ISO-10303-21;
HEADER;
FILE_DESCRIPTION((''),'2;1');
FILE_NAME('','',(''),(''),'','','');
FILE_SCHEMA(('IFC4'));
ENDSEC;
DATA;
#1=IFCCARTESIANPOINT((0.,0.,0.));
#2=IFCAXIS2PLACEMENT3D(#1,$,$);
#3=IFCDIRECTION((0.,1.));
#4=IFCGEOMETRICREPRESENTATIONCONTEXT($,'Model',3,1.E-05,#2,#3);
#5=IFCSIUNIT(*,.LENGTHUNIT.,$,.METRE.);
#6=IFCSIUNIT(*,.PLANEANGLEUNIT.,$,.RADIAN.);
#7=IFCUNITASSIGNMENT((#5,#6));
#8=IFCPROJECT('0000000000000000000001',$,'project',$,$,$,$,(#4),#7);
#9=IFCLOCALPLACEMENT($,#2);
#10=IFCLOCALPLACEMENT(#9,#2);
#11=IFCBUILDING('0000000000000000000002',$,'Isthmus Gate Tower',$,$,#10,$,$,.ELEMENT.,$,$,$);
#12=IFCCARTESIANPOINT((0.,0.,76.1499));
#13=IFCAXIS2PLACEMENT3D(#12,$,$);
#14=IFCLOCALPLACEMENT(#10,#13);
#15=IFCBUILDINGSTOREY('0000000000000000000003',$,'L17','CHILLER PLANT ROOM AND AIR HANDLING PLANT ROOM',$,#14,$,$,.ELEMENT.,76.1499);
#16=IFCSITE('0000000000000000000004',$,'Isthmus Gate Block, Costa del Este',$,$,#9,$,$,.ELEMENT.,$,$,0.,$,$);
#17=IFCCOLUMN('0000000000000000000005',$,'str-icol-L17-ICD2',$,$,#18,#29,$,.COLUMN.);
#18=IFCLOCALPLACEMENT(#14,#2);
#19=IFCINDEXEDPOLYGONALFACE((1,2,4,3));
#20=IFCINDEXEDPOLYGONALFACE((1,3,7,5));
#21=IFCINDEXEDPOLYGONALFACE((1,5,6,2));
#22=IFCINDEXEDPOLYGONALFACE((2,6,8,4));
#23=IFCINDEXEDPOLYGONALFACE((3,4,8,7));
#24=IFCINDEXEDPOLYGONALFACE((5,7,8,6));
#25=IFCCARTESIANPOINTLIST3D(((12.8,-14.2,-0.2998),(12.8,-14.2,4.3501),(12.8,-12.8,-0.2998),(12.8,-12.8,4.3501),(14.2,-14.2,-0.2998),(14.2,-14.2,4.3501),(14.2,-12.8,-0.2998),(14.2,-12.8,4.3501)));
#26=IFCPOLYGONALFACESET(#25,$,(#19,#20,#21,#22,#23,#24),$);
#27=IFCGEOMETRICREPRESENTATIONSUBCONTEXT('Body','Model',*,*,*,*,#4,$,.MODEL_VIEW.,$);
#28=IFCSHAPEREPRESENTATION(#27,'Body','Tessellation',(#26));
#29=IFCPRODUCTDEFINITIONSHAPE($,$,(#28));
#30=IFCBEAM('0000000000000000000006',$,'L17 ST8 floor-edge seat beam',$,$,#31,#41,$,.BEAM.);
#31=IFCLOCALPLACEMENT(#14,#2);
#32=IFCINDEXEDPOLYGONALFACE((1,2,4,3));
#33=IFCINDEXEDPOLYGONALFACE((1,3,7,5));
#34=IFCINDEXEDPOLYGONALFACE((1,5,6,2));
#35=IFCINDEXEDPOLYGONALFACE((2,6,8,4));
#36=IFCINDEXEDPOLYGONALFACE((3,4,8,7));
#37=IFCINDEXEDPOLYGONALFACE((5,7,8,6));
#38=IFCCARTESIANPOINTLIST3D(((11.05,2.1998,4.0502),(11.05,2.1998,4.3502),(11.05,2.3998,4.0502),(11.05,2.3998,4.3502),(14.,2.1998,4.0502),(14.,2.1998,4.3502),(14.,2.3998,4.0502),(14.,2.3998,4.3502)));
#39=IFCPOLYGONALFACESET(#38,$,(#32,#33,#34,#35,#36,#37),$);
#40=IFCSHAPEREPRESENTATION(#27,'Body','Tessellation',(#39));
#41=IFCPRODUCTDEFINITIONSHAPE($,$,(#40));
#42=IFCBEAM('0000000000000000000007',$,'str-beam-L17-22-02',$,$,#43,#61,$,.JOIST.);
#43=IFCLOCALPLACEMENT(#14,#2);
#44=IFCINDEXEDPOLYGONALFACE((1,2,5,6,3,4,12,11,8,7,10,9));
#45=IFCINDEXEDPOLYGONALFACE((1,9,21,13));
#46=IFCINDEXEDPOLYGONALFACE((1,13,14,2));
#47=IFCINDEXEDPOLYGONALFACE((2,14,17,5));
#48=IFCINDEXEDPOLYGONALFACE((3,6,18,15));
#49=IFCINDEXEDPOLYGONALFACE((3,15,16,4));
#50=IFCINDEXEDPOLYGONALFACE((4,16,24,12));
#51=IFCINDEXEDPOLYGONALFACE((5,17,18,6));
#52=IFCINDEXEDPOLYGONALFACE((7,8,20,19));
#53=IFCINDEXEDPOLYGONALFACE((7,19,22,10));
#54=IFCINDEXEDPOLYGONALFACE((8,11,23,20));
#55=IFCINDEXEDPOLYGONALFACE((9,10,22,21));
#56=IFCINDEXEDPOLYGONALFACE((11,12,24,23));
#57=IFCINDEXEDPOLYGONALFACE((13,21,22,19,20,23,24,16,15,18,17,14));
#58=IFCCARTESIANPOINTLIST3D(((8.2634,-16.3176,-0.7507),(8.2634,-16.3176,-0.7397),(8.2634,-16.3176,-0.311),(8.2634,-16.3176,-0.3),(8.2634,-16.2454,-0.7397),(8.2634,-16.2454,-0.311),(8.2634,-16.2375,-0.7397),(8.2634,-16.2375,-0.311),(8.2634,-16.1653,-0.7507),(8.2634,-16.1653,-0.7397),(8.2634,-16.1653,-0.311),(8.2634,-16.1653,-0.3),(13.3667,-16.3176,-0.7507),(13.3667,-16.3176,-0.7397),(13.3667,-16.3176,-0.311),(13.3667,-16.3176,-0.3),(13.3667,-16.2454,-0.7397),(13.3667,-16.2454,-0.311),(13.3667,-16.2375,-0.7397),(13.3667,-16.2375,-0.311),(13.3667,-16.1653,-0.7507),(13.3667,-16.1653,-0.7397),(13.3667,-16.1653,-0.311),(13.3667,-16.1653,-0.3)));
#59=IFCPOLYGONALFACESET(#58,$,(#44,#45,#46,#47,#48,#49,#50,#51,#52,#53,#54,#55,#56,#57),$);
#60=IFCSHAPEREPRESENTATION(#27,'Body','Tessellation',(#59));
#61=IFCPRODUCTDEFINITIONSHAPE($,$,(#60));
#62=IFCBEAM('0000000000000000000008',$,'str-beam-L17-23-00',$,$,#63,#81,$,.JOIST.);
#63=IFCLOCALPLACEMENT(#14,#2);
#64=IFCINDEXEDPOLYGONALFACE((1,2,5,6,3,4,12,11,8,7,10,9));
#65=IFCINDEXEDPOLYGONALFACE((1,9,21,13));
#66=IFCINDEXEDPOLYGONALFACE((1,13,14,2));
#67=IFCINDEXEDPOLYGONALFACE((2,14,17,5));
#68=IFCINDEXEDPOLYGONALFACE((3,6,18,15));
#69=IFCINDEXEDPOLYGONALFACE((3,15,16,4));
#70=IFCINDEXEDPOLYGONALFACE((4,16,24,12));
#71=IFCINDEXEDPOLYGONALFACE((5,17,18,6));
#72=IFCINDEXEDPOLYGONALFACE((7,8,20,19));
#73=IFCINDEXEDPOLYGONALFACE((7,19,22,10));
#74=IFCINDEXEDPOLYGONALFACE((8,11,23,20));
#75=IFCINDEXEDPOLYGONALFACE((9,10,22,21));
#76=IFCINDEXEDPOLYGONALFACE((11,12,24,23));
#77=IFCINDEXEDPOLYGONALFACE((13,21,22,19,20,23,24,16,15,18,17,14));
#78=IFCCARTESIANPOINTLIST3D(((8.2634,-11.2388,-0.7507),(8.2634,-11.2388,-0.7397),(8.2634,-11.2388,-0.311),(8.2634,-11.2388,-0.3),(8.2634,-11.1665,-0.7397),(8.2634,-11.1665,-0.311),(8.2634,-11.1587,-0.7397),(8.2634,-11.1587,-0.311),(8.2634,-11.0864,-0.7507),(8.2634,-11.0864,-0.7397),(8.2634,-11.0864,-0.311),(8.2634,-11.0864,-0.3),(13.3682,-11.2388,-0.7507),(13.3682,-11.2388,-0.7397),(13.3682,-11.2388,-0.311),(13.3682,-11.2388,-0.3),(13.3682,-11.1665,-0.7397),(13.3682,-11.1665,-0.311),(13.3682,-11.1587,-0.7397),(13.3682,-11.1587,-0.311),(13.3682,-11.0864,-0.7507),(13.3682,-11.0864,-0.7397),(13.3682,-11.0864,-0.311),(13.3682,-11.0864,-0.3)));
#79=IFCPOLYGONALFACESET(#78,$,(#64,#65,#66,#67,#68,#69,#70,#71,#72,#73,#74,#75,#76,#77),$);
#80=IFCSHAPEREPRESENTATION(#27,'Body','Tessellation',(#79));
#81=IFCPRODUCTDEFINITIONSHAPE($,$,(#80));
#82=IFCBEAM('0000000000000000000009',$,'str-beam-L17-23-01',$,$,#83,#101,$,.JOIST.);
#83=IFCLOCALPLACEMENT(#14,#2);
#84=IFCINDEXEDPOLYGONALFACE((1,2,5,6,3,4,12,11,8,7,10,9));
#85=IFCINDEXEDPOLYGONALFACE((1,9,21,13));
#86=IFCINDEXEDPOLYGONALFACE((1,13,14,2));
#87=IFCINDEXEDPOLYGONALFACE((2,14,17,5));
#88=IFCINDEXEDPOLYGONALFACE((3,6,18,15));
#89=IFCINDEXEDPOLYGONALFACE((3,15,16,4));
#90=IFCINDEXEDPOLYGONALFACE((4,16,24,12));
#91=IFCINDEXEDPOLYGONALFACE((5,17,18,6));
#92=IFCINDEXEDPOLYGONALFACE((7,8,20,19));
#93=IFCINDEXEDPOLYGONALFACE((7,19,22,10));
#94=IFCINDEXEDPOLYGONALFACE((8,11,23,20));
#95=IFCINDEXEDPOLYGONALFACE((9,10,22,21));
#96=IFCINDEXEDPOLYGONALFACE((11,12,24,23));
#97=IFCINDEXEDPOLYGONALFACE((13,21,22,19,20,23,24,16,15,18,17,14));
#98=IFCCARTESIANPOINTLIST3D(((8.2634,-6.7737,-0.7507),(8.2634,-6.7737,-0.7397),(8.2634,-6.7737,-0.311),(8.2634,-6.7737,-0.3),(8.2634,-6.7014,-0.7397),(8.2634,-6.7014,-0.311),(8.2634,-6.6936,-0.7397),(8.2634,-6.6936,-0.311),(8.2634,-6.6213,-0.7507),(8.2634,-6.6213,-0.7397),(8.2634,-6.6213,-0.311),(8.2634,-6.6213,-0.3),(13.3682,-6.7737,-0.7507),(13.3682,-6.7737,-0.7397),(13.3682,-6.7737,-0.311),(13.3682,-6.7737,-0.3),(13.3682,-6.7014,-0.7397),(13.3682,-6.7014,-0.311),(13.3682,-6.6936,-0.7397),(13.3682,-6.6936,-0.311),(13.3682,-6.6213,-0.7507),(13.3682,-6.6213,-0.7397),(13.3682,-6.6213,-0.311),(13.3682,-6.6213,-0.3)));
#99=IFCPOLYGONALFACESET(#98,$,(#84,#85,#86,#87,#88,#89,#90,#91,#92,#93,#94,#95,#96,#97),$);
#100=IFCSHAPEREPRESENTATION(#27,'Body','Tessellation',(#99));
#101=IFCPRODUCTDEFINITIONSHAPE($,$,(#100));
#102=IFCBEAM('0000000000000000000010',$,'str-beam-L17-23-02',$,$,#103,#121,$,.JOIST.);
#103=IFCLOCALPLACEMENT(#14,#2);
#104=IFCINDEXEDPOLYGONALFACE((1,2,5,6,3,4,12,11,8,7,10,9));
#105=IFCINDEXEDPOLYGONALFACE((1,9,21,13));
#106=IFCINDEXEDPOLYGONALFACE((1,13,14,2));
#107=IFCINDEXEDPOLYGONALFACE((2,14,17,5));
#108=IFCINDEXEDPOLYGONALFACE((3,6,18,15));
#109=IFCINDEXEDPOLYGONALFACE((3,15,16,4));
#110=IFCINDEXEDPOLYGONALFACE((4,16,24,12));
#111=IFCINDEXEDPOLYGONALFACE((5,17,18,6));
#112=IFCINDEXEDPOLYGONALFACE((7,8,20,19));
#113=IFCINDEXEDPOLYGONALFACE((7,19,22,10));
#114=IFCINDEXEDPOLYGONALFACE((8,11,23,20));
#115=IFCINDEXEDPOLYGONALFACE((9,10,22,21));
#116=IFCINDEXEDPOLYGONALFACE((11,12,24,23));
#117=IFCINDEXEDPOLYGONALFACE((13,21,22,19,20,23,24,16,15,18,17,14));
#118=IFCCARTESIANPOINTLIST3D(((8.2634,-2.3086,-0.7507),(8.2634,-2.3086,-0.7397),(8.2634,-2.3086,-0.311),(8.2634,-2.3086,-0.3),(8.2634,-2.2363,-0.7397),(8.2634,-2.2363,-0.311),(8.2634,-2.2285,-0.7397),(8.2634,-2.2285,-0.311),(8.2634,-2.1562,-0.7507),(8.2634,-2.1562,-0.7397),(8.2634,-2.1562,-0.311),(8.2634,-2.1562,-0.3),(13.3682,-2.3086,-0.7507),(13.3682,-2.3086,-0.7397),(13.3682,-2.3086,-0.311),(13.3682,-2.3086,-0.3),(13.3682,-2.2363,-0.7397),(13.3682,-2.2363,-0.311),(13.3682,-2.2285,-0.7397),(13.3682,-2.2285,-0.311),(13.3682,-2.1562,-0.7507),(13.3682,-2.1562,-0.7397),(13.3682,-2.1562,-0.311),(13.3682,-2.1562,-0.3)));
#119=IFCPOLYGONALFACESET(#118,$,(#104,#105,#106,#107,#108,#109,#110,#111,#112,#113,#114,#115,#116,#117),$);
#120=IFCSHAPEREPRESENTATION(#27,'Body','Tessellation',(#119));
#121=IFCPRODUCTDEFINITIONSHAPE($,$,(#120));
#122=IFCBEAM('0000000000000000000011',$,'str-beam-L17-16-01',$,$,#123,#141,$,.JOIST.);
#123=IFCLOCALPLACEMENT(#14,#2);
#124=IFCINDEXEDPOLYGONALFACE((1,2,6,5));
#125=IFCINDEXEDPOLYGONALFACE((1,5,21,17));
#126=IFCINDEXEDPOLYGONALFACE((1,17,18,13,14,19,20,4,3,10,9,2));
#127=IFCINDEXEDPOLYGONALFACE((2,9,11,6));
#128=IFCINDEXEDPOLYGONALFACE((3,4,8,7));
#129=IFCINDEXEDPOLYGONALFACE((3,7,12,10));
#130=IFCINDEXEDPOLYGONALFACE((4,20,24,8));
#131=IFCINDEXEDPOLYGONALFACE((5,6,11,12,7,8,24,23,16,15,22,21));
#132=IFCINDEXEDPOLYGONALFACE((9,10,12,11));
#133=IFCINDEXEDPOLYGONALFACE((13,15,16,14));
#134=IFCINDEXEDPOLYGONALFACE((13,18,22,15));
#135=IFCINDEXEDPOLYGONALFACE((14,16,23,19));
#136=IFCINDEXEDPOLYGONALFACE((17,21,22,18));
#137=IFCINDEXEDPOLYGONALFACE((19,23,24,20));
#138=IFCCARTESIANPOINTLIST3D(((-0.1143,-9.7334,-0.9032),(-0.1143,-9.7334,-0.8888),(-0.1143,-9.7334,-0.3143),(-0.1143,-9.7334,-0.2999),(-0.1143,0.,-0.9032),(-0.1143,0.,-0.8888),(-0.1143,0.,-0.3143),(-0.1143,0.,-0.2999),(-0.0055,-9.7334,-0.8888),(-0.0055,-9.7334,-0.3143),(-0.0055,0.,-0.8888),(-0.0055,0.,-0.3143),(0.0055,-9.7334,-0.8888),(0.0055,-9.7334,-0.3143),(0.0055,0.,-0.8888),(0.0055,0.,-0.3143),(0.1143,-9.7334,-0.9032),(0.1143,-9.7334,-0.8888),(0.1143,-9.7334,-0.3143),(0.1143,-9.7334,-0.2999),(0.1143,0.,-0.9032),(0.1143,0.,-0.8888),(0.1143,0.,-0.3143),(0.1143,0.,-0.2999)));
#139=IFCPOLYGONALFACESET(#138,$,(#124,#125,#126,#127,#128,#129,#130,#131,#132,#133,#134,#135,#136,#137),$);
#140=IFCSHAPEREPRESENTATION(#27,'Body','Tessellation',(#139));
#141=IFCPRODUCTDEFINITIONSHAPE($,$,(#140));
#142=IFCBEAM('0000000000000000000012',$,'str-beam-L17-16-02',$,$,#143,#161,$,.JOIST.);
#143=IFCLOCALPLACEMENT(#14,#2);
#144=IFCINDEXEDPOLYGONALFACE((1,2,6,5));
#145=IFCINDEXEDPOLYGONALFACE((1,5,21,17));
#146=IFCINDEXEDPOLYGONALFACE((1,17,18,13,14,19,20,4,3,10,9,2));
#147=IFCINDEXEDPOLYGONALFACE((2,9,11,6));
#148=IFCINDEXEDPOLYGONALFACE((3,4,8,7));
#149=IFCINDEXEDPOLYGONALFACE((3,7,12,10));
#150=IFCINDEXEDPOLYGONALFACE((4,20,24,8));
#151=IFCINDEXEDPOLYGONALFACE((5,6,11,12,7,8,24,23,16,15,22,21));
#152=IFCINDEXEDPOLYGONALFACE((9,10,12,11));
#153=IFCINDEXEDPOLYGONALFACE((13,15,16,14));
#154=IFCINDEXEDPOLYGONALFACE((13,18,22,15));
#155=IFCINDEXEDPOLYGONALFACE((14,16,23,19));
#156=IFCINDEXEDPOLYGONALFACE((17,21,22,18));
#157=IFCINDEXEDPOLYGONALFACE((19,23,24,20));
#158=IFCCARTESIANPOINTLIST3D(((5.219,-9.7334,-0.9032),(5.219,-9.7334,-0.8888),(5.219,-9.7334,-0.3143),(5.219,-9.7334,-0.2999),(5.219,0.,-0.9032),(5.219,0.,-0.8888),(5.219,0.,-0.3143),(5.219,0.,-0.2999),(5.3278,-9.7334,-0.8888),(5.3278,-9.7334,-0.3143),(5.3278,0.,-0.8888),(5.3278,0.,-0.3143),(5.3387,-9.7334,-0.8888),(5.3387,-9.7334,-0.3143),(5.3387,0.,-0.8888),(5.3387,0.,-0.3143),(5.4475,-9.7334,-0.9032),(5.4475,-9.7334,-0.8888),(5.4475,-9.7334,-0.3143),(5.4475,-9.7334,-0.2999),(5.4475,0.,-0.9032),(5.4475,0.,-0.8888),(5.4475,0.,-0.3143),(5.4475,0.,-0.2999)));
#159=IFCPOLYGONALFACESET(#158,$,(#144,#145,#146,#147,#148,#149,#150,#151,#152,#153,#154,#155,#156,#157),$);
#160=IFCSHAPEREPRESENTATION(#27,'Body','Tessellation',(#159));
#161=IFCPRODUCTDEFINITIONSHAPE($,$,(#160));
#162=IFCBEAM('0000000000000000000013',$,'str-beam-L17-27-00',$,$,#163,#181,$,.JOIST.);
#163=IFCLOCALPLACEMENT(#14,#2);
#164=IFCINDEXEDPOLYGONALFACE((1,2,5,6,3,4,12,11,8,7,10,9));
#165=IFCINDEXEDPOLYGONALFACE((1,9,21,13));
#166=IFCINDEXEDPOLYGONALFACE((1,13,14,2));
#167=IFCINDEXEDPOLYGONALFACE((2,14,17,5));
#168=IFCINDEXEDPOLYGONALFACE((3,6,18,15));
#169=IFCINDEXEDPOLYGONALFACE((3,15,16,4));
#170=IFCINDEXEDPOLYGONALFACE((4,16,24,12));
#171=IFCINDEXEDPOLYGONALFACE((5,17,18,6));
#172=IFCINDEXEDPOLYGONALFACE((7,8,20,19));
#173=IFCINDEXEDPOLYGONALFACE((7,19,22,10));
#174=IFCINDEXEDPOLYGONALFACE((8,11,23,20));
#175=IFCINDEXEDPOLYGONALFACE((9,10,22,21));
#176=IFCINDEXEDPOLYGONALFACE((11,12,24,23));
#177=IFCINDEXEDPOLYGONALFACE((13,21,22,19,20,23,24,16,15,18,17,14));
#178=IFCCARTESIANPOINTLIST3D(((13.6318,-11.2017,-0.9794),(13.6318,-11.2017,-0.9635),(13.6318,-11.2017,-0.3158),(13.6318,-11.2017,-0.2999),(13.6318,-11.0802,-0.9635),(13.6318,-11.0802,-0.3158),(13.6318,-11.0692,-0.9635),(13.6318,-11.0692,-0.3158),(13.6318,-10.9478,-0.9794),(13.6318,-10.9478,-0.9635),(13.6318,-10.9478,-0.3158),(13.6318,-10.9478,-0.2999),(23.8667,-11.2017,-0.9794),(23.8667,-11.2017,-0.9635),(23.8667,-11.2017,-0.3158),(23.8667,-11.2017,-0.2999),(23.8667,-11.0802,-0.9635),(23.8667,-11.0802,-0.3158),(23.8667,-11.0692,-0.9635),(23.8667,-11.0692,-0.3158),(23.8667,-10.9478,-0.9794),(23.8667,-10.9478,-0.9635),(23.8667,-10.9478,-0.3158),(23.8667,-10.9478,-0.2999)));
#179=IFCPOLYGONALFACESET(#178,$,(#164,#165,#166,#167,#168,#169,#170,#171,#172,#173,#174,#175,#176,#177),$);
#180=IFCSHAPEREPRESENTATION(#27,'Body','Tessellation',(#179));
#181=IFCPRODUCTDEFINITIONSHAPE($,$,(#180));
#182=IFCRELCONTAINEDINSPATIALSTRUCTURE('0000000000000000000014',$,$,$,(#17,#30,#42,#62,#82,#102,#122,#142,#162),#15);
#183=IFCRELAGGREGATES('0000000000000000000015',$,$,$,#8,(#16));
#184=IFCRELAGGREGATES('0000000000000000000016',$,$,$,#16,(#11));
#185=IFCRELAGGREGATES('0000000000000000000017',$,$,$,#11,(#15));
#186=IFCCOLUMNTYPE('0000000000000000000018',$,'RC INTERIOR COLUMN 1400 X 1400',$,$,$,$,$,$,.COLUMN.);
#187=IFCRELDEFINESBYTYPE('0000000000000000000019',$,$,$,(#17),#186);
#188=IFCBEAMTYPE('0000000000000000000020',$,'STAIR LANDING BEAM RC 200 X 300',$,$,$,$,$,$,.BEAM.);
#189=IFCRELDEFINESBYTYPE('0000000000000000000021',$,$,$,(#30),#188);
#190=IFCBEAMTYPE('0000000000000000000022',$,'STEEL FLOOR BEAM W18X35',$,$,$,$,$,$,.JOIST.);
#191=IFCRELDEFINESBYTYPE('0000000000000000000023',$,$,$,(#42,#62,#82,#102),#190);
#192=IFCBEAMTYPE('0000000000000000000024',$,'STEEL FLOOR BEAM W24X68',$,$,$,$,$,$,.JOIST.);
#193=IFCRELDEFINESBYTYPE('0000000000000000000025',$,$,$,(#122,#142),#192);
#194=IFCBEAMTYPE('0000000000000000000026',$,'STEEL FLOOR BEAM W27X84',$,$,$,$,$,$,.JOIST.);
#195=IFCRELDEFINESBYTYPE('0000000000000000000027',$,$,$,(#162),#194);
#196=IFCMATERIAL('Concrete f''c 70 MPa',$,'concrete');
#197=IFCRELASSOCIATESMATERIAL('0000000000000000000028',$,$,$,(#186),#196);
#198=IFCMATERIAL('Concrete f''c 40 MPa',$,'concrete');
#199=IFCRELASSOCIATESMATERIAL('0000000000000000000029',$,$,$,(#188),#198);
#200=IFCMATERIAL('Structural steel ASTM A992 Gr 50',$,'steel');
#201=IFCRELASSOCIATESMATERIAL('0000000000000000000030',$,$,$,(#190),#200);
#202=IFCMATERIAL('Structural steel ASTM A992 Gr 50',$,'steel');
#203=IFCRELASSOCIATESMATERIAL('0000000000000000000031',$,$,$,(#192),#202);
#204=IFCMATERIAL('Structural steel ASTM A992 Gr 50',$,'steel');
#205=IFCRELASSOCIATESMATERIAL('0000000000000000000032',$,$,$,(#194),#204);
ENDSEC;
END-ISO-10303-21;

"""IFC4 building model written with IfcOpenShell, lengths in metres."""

from ifc_helpers import new_model, si_unit, direction, frame, origin, origin_2d, place, context, subcontext, project, spatial, rectangle, i_section, extrude, material, material_profile, profile_set, type_object, element, save


model = new_model("IFC4")

# Units and contexts
model_context = context("Model", 3, precision=1e-05, world=origin(), true_north=direction((0.0, 1.0)))
body_context = subcontext(model_context, "Body", "Model", "MODEL_VIEW")
ifc_project = project(units=[si_unit("LENGTHUNIT", "METRE"), si_unit("PLANEANGLEUNIT", "RADIAN")], contexts=[model_context])

# Site, building, storey
site_placement = place(None, origin())
site = spatial("IfcSite", under=ifc_project, at=site_placement, Name="Isthmus Gate Block, Costa del Este", CompositionType="ELEMENT", RefElevation=0.0)
building_placement = place(site_placement, origin())
building = spatial("IfcBuilding", under=site, at=building_placement, Name="Isthmus Gate Tower", CompositionType="ELEMENT")
storey_placement = place(building_placement, frame((0.0, 0.0, 76.1499)))
storey = spatial("IfcBuildingStorey", under=building, at=storey_placement, Name="L17", Description="CHILLER PLANT ROOM AND AIR HANDLING PLANT ROOM", CompositionType="ELEMENT", Elevation=76.1499)

# Column
ifc_material_1 = material(Name="Concrete f'c 70 MPa", Category="concrete")
ifc_material_profile_1 = material_profile(ifc_material_1, rectangle(XDim=1.3999, YDim=1.3999, at=origin_2d()), Name="RC 1400X1400")
ifc_profile_set_1 = profile_set([ifc_material_profile_1], Name="Concrete f'c 70 MPa")
column_type = type_object("IfcColumnType", Name="RC INTERIOR COLUMN 1400 X 1400", PredefinedType="COLUMN", material=ifc_profile_set_1)
column_placement = place(storey_placement, frame((13.5, -13.5, -0.2998), z_axis=(0.0, 0.0, 1.0), x_axis=(1.0, 0.0, 0.0)))
element("IfcColumn", 1, at=column_placement, inside=storey, type_object=column_type, Name="str-icol-L17-ICD2", PredefinedType="COLUMN", context=body_context, shape_type="SweptSolid", body=[
    extrude(rectangle(XDim=1.3999, YDim=1.3999, at=origin_2d()), origin(), (0.0, 0.0, 1.0), 4.6499),
])

# Beams
ifc_material_2 = material(Name="Concrete f'c 40 MPa", Category="concrete")
ifc_material_profile_2 = material_profile(ifc_material_2, rectangle(XDim=0.2, YDim=0.3, at=origin_2d()), Name="STAIR LANDING BEAM RC 200 X 300")
ifc_profile_set_2 = profile_set([ifc_material_profile_2], Name="Concrete f'c 40 MPa")
beam_type_1 = type_object("IfcBeamType", Name="STAIR LANDING BEAM RC 200 X 300", PredefinedType="BEAM", material=ifc_profile_set_2)
beam_1_placement = place(storey_placement, frame((11.05, 2.2998, 4.2002), z_axis=(1.0, 0.0, 0.0), x_axis=(0.0, 1.0, 0.0)))
element("IfcBeam", 2, at=beam_1_placement, inside=storey, type_object=beam_type_1, Name="L17 ST8 floor-edge seat beam", PredefinedType="BEAM", context=body_context, shape_type="SweptSolid", body=[
    extrude(rectangle(XDim=0.2, YDim=0.3, at=origin_2d()), origin(), (0.0, 0.0, 1.0), 2.95),
])
ifc_material_3 = material(Name="Structural steel ASTM A992 Gr 50", Category="steel")
ifc_material_profile_3 = material_profile(ifc_material_3, i_section(OverallWidth=0.1523, OverallDepth=0.4507, WebThickness=0.0078, FlangeThickness=0.011, at=origin_2d()), Name="W18X35")
ifc_profile_set_3 = profile_set([ifc_material_profile_3], Name="Structural steel ASTM A992 Gr 50")
beam_type_2 = type_object("IfcBeamType", Name="STEEL FLOOR BEAM W18X35", PredefinedType="JOIST", material=ifc_profile_set_3)
beam_2_placement = place(storey_placement, frame((8.2634, -16.2415, -0.5254), z_axis=(1.0, 0.0, 0.0), x_axis=(0.0, 1.0, 0.0)))
element("IfcBeam", 3, at=beam_2_placement, inside=storey, type_object=beam_type_2, Name="str-beam-L17-22-02", PredefinedType="JOIST", context=body_context, shape_type="SweptSolid", body=[
    extrude(i_section(OverallWidth=0.1523, OverallDepth=0.4507, WebThickness=0.0078, FlangeThickness=0.011, at=origin_2d()), origin(), (0.0, 0.0, 1.0), 5.1033),
])
for number, where, z_axis, x_axis, name in (
    (4, (8.2634, -11.1626, -0.5254), (1.0, 0.0, 0.0), (0.0, 1.0, 0.0), "str-beam-L17-23-00"),
    (5, (8.2634, -6.6975, -0.5254), (1.0, 0.0, 0.0), (0.0, 1.0, 0.0), "str-beam-L17-23-01"),
    (6, (8.2634, -2.2324, -0.5254), (1.0, 0.0, 0.0), (0.0, 1.0, 0.0), "str-beam-L17-23-02"),
):
    element("IfcBeam", number, at=place(storey_placement, frame(where, z_axis=z_axis, x_axis=x_axis)), inside=storey, type_object=beam_type_2, Name=name, PredefinedType="JOIST", context=body_context, shape_type="SweptSolid", body=[
        extrude(i_section(OverallWidth=0.1523, OverallDepth=0.4507, WebThickness=0.0078, FlangeThickness=0.011, at=origin_2d()), origin(), (0.0, 0.0, 1.0), 5.1047),
    ])
ifc_material_4 = material(Name="Structural steel ASTM A992 Gr 50", Category="steel")
ifc_material_profile_4 = material_profile(ifc_material_4, i_section(OverallWidth=0.2285, OverallDepth=0.6033, WebThickness=0.011, FlangeThickness=0.0144, at=origin_2d()), Name="W24X68")
ifc_profile_set_4 = profile_set([ifc_material_profile_4], Name="Structural steel ASTM A992 Gr 50")
beam_type_3 = type_object("IfcBeamType", Name="STEEL FLOOR BEAM W24X68", PredefinedType="JOIST", material=ifc_profile_set_4)
for number, where, z_axis, x_axis, name in (
    (7, (0.0, -9.7334, -0.6016), (0.0, 1.0, 0.0), (-1.0, 0.0, 0.0), "str-beam-L17-16-01"),
    (8, (5.3333, -9.7334, -0.6016), (0.0, 1.0, 0.0), (-1.0, 0.0, 0.0), "str-beam-L17-16-02"),
):
    element("IfcBeam", number, at=place(storey_placement, frame(where, z_axis=z_axis, x_axis=x_axis)), inside=storey, type_object=beam_type_3, Name=name, PredefinedType="JOIST", context=body_context, shape_type="SweptSolid", body=[
        extrude(i_section(OverallWidth=0.2285, OverallDepth=0.6033, WebThickness=0.011, FlangeThickness=0.0144, at=origin_2d()), origin(), (0.0, 0.0, 1.0), 9.7334),
    ])
ifc_material_5 = material(Name="Structural steel ASTM A992 Gr 50", Category="steel")
ifc_material_profile_5 = material_profile(ifc_material_5, i_section(OverallWidth=0.2539, OverallDepth=0.6794, WebThickness=0.011, FlangeThickness=0.0159, at=origin_2d()), Name="W27X84")
ifc_profile_set_5 = profile_set([ifc_material_profile_5], Name="Structural steel ASTM A992 Gr 50")
beam_type_4 = type_object("IfcBeamType", Name="STEEL FLOOR BEAM W27X84", PredefinedType="JOIST", material=ifc_profile_set_5)
for number, where, z_axis, x_axis, name in (
    (9, (13.6318, -11.0747, -0.6396), (1.0, 0.0, 0.0), (0.0, 1.0, 0.0), "str-beam-L17-27-00"),
):
    element("IfcBeam", number, at=place(storey_placement, frame(where, z_axis=z_axis, x_axis=x_axis)), inside=storey, type_object=beam_type_4, Name=name, PredefinedType="JOIST", context=body_context, shape_type="SweptSolid", body=[
        extrude(i_section(OverallWidth=0.2539, OverallDepth=0.6794, WebThickness=0.011, FlangeThickness=0.0159, at=origin_2d()), origin(), (0.0, 0.0, 1.0), 10.2349),
    ])

save(model, "model.ifc")
